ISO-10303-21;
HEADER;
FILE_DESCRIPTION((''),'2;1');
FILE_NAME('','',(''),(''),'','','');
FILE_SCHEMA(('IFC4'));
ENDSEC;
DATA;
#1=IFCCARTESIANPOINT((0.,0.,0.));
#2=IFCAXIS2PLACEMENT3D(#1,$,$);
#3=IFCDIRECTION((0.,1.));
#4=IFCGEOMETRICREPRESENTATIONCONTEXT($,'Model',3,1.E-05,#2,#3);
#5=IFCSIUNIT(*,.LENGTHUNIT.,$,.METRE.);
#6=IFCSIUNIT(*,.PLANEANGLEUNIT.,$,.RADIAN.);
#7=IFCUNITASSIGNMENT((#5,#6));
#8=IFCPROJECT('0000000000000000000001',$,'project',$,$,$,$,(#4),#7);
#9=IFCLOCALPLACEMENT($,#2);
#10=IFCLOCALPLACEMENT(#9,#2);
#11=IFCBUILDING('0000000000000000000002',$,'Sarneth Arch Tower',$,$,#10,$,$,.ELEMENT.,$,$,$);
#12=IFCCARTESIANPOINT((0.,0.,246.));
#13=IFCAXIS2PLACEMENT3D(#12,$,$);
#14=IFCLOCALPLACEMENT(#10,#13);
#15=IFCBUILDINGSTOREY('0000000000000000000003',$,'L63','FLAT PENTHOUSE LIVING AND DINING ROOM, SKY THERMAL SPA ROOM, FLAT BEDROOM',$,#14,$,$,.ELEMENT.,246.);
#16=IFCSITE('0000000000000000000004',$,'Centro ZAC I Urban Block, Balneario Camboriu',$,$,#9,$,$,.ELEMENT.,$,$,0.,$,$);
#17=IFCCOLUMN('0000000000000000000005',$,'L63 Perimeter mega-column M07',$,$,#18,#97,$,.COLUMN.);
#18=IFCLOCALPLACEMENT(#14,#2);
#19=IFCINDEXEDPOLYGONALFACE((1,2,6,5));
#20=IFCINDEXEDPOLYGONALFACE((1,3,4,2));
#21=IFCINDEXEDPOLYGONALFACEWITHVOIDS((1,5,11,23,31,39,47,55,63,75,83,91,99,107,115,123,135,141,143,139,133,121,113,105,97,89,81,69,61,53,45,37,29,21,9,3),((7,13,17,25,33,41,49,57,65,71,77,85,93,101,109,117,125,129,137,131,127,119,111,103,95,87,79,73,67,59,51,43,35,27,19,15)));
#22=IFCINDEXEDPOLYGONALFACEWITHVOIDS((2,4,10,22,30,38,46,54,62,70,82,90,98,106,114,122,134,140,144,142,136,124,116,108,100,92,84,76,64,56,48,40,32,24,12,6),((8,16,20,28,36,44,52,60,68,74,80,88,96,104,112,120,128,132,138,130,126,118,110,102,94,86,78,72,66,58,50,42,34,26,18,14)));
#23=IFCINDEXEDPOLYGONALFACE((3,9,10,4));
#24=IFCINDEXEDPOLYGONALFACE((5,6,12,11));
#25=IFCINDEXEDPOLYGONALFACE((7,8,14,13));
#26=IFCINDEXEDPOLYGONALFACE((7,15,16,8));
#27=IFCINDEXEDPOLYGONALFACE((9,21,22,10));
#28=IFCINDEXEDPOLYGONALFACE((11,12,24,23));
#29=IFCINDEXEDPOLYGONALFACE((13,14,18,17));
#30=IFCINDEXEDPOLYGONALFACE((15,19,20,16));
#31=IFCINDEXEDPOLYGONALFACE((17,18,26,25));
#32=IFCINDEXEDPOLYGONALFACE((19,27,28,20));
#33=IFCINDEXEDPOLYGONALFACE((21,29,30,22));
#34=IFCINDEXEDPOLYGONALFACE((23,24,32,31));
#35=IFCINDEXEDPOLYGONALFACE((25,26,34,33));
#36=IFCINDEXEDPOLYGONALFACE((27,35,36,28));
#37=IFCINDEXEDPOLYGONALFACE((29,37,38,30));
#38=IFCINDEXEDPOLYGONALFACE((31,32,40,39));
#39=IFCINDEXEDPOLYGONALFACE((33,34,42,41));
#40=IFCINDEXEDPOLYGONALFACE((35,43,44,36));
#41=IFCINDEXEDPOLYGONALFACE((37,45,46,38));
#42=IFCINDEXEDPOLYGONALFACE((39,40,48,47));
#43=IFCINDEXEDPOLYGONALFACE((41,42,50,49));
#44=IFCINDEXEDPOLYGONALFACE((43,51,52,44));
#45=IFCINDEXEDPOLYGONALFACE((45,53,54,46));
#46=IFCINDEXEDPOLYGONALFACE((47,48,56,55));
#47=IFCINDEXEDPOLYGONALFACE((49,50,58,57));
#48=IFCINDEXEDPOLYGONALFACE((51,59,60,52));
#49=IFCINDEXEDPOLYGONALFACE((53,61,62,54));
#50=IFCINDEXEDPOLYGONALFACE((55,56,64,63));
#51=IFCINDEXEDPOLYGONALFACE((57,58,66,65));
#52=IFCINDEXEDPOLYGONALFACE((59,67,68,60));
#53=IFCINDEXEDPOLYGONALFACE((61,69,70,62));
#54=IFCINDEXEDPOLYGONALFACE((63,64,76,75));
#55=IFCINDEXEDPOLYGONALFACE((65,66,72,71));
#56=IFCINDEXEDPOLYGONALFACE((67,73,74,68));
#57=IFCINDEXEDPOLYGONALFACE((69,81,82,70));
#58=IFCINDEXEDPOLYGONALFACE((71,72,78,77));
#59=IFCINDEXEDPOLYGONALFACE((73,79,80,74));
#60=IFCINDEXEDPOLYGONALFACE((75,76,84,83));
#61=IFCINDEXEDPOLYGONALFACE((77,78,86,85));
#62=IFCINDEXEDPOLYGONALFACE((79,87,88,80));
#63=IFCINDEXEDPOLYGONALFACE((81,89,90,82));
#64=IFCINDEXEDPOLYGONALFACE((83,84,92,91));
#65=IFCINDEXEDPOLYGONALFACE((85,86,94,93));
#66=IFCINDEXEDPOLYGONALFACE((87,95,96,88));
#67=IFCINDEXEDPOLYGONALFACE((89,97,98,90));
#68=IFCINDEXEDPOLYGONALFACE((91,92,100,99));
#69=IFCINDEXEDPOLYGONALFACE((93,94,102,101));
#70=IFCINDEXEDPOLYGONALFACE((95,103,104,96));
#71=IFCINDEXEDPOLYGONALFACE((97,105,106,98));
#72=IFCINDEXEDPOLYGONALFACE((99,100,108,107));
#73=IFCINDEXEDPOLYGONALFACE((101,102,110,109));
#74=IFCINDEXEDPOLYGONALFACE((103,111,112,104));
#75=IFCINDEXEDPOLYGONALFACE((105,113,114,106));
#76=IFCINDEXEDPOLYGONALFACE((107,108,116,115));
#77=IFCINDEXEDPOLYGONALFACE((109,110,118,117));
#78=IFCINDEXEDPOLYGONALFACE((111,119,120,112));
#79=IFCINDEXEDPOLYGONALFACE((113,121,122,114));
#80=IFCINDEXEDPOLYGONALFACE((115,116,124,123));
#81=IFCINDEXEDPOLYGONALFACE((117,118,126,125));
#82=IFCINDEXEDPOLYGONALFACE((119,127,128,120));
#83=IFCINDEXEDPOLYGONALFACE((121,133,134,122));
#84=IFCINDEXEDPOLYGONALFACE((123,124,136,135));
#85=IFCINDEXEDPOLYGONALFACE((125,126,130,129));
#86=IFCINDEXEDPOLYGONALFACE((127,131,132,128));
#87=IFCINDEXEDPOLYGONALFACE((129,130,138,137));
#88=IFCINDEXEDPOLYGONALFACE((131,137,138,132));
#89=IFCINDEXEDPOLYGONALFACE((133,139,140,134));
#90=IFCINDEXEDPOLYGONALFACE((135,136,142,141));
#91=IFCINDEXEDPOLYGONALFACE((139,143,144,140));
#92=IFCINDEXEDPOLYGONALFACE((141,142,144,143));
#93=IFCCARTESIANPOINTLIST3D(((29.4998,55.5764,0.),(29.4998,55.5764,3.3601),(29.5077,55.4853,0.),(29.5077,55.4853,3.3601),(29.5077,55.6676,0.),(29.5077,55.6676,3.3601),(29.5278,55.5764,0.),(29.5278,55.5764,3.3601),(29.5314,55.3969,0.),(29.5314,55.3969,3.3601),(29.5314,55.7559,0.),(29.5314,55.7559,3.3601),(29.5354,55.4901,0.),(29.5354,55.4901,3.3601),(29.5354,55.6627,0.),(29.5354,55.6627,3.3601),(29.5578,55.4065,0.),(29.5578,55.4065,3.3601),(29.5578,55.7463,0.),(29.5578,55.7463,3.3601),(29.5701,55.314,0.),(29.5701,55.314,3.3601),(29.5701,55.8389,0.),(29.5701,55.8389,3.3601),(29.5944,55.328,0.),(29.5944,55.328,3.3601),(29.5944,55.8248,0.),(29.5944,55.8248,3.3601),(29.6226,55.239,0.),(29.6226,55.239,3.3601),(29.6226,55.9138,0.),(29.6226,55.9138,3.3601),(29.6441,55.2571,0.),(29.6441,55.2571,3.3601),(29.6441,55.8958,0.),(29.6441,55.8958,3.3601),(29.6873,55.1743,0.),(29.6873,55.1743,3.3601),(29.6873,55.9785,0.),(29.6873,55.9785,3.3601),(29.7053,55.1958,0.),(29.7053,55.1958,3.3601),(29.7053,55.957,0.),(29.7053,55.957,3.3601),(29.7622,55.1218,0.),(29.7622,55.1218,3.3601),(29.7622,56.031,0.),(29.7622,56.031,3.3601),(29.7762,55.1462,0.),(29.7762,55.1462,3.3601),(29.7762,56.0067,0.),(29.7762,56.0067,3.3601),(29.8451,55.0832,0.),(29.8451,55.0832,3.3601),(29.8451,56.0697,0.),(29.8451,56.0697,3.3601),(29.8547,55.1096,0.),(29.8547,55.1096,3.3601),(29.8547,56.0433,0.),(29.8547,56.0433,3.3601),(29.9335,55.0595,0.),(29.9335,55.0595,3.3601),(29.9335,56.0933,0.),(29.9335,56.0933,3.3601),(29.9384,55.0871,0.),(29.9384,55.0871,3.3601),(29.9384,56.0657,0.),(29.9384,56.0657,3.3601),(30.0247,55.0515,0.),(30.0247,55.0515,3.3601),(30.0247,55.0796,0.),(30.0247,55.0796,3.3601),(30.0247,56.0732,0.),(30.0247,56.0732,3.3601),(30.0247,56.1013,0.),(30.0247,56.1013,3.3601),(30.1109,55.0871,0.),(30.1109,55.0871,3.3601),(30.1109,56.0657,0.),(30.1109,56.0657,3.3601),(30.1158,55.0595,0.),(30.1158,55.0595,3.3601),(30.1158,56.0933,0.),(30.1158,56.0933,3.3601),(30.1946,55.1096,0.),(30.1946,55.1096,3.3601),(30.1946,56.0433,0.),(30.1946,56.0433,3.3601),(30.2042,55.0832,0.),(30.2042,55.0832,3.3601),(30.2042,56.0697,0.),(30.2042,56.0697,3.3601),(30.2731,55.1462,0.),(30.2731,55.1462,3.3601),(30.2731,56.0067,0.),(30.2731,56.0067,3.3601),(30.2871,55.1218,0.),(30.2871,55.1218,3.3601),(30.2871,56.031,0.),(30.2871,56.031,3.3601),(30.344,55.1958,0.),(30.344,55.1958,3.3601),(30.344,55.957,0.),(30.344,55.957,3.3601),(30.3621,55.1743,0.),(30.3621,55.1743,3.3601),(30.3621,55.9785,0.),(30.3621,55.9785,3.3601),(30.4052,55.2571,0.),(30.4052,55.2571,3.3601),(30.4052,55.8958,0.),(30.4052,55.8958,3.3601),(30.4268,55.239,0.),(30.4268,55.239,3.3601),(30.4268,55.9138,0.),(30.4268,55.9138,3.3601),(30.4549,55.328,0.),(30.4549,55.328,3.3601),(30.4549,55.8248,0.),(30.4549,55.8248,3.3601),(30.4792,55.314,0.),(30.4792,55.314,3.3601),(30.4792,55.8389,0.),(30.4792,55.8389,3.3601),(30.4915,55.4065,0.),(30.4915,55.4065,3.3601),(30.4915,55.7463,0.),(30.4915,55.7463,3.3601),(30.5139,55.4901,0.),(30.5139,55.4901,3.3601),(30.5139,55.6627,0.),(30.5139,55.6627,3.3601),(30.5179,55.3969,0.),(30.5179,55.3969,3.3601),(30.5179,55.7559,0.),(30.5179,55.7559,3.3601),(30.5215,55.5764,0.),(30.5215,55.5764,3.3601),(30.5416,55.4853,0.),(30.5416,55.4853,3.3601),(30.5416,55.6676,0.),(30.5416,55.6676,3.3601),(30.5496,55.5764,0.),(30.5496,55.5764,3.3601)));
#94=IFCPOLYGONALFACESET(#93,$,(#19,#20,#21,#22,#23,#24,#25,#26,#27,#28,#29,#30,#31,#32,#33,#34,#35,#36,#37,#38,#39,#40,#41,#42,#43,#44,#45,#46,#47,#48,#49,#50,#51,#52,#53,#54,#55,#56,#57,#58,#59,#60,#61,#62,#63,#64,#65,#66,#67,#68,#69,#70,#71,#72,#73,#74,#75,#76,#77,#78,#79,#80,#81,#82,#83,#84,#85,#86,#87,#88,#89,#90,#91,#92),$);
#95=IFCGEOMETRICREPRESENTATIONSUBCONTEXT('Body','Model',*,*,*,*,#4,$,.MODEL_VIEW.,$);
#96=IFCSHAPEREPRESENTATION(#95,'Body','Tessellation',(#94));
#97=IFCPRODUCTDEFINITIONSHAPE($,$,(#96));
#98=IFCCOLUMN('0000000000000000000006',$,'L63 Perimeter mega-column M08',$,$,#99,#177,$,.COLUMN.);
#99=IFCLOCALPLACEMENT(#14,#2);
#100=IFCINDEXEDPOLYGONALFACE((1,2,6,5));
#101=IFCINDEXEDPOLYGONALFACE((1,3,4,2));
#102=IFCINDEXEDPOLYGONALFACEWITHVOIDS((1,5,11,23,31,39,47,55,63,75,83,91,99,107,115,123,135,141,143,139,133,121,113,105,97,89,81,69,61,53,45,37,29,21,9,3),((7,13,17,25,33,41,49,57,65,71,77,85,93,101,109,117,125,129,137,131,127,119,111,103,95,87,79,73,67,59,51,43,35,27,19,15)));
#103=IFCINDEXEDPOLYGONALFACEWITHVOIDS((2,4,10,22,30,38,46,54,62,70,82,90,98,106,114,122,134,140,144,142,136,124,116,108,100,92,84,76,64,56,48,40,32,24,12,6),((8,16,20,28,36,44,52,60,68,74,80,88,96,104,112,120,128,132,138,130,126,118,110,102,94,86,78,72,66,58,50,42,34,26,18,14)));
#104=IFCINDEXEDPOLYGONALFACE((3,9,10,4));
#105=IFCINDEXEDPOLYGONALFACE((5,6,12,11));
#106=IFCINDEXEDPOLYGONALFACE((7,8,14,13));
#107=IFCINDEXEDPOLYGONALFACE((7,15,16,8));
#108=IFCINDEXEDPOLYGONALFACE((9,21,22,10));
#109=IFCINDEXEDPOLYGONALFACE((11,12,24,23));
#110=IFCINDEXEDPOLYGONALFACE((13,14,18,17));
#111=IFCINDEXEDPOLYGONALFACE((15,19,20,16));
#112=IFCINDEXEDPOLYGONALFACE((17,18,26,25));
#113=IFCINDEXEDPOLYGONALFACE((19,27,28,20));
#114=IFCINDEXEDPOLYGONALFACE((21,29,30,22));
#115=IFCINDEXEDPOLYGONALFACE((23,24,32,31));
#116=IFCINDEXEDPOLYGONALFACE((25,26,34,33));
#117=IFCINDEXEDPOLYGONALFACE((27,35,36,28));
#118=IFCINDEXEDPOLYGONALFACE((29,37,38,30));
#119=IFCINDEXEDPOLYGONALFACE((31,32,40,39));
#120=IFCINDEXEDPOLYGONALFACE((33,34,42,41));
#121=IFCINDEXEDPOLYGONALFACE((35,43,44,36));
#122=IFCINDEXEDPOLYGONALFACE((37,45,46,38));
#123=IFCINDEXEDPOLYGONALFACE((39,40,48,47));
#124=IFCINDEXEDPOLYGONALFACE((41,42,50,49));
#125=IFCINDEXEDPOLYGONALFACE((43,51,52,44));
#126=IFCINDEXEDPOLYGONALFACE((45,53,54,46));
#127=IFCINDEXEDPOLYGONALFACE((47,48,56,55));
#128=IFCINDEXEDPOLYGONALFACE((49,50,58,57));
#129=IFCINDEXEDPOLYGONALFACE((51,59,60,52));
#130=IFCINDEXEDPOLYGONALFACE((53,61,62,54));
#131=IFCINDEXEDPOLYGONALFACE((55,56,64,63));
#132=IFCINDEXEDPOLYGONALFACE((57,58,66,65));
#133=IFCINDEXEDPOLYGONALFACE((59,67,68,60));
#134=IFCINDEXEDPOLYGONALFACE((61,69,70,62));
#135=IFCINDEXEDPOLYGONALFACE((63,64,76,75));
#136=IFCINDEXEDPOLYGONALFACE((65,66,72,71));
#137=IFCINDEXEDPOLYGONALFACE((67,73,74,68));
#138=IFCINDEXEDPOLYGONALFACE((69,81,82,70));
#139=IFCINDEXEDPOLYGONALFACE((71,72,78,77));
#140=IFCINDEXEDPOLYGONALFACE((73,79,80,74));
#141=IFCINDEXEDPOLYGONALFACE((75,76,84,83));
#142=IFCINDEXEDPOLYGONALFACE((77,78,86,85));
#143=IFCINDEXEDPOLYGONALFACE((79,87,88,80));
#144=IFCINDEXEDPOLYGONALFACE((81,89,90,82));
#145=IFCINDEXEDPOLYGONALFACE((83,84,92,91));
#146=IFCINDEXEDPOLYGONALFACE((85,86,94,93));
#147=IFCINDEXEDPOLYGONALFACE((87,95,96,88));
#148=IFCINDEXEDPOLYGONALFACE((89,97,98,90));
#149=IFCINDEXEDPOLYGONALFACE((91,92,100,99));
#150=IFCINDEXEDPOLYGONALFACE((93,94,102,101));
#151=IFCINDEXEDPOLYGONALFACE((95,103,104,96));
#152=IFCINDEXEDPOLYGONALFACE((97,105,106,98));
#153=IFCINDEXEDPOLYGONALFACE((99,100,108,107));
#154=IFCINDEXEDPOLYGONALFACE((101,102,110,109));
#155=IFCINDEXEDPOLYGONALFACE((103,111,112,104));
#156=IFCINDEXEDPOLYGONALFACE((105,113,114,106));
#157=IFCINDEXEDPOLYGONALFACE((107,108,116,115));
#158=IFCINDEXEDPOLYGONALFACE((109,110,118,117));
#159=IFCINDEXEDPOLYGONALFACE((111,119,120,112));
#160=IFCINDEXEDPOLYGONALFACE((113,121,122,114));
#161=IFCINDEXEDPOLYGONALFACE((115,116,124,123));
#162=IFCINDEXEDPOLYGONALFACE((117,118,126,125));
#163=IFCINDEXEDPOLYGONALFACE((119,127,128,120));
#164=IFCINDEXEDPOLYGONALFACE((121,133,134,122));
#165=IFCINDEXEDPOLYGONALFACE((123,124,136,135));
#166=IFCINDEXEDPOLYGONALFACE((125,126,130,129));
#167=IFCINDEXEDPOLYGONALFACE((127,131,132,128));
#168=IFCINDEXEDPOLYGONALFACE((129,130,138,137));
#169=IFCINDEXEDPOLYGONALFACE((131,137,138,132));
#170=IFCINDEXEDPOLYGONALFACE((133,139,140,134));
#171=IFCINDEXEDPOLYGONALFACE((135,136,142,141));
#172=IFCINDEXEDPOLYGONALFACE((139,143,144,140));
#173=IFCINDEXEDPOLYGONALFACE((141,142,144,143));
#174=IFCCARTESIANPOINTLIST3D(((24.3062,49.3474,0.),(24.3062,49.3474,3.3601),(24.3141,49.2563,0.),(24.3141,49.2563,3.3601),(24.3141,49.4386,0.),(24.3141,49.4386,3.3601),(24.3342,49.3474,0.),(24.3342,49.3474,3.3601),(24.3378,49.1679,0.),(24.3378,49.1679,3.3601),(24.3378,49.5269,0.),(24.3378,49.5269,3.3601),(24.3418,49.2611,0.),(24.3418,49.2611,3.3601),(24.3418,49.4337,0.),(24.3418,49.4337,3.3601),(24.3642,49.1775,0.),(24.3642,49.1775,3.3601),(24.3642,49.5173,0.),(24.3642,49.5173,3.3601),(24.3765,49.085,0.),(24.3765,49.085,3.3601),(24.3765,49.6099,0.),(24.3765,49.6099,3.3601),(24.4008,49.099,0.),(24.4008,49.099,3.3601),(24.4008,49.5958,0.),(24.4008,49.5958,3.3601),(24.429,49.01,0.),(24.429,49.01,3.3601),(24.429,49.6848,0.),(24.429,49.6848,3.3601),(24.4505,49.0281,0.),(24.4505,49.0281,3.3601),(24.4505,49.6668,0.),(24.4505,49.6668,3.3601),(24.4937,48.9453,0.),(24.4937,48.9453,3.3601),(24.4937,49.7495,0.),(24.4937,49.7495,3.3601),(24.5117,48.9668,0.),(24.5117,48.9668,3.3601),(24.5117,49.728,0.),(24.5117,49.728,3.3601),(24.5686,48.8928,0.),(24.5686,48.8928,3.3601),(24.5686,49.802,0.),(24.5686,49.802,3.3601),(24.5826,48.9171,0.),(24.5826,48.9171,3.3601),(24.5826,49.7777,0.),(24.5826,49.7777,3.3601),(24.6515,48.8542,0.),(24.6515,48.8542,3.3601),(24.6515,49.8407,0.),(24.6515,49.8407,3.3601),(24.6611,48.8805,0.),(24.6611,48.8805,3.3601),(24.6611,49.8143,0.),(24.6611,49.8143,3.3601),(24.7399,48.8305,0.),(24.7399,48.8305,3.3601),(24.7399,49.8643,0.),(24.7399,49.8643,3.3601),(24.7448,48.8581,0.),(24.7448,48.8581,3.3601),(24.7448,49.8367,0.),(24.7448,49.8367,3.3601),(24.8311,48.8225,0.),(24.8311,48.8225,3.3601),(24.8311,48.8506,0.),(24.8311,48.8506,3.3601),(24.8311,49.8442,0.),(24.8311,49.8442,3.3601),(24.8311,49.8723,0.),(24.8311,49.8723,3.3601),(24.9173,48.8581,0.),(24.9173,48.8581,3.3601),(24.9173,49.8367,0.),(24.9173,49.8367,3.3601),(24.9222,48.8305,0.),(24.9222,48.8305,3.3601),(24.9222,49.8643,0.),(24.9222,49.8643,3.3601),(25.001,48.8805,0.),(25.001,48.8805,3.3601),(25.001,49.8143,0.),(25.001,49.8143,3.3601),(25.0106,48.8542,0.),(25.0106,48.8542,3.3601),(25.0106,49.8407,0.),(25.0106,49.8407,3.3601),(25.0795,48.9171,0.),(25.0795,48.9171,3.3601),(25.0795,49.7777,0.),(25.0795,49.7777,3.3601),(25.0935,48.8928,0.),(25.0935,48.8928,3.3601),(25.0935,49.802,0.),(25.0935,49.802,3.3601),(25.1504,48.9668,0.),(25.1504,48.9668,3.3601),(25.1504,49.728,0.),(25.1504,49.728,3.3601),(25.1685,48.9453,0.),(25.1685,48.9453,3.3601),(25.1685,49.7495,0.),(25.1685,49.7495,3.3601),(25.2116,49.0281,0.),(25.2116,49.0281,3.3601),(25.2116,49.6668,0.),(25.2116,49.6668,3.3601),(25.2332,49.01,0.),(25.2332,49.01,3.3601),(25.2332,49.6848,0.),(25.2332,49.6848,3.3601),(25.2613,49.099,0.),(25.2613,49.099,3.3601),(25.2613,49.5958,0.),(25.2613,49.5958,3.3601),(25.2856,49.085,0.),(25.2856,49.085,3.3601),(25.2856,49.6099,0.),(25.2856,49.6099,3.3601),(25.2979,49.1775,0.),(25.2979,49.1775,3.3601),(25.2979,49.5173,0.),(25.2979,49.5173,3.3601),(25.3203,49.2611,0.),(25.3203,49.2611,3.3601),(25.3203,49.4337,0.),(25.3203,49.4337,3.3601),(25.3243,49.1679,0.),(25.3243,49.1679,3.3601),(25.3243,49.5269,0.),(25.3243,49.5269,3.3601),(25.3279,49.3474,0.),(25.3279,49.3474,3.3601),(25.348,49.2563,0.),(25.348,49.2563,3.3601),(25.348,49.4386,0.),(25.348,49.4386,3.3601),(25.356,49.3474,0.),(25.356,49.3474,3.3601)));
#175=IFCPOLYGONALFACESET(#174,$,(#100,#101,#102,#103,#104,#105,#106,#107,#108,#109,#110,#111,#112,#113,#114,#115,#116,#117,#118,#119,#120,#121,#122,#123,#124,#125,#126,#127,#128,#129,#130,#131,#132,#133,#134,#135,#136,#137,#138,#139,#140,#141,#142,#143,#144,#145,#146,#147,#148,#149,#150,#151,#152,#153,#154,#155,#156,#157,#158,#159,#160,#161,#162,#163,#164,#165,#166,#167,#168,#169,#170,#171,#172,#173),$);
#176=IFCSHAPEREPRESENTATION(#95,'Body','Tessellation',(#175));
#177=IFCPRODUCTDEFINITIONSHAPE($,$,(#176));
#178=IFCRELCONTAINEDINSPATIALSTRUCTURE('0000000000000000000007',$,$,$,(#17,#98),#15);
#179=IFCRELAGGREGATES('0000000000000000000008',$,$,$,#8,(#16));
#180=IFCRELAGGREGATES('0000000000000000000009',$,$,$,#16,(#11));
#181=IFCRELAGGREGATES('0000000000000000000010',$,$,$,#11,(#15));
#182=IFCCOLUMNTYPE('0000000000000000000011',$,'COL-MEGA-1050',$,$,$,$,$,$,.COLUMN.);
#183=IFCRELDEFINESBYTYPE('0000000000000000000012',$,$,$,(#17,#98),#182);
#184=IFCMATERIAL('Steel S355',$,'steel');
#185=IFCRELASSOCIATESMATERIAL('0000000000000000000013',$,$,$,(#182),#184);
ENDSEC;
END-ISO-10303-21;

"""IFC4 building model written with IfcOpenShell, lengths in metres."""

from ifc_helpers import new_model, si_unit, direction, frame, origin, origin_2d, place, context, subcontext, project, spatial, hollow_circle, extrude, material, material_profile, profile_set, type_object, element, save


model = new_model("IFC4")

# Units and contexts
model_context = context("Model", 3, precision=1e-05, world=origin(), true_north=direction((0.0, 1.0)))
body_context = subcontext(model_context, "Body", "Model", "MODEL_VIEW")
ifc_project = project(units=[si_unit("LENGTHUNIT", "METRE"), si_unit("PLANEANGLEUNIT", "RADIAN")], contexts=[model_context])

# Site, building, storey
site_placement = place(None, origin())
site = spatial("IfcSite", under=ifc_project, at=site_placement, Name="Centro ZAC I Urban Block, Balneario Camboriu", CompositionType="ELEMENT", RefElevation=0.0)
building_placement = place(site_placement, origin())
building = spatial("IfcBuilding", under=site, at=building_placement, Name="Sarneth Arch Tower", CompositionType="ELEMENT")
storey_placement = place(building_placement, frame((0.0, 0.0, 246.0)))
storey = spatial("IfcBuildingStorey", under=building, at=storey_placement, Name="L63", Description="FLAT PENTHOUSE LIVING AND DINING ROOM, SKY THERMAL SPA ROOM, FLAT BEDROOM", CompositionType="ELEMENT", Elevation=246.0)

# Columns
ifc_material_1 = material(Name="Steel S355", Category="steel")
ifc_material_profile_1 = material_profile(ifc_material_1, hollow_circle(Radius=0.5249, WallThickness=0.0281, at=origin_2d()), Name="CHS1050x28")
ifc_profile_set_1 = profile_set([ifc_material_profile_1], Name="Steel S355")
column_type = type_object("IfcColumnType", Name="COL-MEGA-1050", PredefinedType="COLUMN", material=ifc_profile_set_1)
for number, where, z_axis, x_axis, name in (
    (1, (30.0247, 55.5764, 0.0), (0.0, 0.0, 1.0), (1.0, 0.0, 0.0), "L63 Perimeter mega-column M07"),
    (2, (24.8311, 49.3474, 0.0), (0.0, 0.0, 1.0), (1.0, 0.0, 0.0), "L63 Perimeter mega-column M08"),
):
    element("IfcColumn", number, at=place(storey_placement, frame(where, z_axis=z_axis, x_axis=x_axis)), inside=storey, type_object=column_type, Name=name, PredefinedType="COLUMN", context=body_context, shape_type="SweptSolid", body=[
        extrude(hollow_circle(Radius=0.5249, WallThickness=0.0281, at=origin_2d()), origin(), (0.0, 0.0, 1.0), 3.3601),
    ])

save(model, "model.ifc")
